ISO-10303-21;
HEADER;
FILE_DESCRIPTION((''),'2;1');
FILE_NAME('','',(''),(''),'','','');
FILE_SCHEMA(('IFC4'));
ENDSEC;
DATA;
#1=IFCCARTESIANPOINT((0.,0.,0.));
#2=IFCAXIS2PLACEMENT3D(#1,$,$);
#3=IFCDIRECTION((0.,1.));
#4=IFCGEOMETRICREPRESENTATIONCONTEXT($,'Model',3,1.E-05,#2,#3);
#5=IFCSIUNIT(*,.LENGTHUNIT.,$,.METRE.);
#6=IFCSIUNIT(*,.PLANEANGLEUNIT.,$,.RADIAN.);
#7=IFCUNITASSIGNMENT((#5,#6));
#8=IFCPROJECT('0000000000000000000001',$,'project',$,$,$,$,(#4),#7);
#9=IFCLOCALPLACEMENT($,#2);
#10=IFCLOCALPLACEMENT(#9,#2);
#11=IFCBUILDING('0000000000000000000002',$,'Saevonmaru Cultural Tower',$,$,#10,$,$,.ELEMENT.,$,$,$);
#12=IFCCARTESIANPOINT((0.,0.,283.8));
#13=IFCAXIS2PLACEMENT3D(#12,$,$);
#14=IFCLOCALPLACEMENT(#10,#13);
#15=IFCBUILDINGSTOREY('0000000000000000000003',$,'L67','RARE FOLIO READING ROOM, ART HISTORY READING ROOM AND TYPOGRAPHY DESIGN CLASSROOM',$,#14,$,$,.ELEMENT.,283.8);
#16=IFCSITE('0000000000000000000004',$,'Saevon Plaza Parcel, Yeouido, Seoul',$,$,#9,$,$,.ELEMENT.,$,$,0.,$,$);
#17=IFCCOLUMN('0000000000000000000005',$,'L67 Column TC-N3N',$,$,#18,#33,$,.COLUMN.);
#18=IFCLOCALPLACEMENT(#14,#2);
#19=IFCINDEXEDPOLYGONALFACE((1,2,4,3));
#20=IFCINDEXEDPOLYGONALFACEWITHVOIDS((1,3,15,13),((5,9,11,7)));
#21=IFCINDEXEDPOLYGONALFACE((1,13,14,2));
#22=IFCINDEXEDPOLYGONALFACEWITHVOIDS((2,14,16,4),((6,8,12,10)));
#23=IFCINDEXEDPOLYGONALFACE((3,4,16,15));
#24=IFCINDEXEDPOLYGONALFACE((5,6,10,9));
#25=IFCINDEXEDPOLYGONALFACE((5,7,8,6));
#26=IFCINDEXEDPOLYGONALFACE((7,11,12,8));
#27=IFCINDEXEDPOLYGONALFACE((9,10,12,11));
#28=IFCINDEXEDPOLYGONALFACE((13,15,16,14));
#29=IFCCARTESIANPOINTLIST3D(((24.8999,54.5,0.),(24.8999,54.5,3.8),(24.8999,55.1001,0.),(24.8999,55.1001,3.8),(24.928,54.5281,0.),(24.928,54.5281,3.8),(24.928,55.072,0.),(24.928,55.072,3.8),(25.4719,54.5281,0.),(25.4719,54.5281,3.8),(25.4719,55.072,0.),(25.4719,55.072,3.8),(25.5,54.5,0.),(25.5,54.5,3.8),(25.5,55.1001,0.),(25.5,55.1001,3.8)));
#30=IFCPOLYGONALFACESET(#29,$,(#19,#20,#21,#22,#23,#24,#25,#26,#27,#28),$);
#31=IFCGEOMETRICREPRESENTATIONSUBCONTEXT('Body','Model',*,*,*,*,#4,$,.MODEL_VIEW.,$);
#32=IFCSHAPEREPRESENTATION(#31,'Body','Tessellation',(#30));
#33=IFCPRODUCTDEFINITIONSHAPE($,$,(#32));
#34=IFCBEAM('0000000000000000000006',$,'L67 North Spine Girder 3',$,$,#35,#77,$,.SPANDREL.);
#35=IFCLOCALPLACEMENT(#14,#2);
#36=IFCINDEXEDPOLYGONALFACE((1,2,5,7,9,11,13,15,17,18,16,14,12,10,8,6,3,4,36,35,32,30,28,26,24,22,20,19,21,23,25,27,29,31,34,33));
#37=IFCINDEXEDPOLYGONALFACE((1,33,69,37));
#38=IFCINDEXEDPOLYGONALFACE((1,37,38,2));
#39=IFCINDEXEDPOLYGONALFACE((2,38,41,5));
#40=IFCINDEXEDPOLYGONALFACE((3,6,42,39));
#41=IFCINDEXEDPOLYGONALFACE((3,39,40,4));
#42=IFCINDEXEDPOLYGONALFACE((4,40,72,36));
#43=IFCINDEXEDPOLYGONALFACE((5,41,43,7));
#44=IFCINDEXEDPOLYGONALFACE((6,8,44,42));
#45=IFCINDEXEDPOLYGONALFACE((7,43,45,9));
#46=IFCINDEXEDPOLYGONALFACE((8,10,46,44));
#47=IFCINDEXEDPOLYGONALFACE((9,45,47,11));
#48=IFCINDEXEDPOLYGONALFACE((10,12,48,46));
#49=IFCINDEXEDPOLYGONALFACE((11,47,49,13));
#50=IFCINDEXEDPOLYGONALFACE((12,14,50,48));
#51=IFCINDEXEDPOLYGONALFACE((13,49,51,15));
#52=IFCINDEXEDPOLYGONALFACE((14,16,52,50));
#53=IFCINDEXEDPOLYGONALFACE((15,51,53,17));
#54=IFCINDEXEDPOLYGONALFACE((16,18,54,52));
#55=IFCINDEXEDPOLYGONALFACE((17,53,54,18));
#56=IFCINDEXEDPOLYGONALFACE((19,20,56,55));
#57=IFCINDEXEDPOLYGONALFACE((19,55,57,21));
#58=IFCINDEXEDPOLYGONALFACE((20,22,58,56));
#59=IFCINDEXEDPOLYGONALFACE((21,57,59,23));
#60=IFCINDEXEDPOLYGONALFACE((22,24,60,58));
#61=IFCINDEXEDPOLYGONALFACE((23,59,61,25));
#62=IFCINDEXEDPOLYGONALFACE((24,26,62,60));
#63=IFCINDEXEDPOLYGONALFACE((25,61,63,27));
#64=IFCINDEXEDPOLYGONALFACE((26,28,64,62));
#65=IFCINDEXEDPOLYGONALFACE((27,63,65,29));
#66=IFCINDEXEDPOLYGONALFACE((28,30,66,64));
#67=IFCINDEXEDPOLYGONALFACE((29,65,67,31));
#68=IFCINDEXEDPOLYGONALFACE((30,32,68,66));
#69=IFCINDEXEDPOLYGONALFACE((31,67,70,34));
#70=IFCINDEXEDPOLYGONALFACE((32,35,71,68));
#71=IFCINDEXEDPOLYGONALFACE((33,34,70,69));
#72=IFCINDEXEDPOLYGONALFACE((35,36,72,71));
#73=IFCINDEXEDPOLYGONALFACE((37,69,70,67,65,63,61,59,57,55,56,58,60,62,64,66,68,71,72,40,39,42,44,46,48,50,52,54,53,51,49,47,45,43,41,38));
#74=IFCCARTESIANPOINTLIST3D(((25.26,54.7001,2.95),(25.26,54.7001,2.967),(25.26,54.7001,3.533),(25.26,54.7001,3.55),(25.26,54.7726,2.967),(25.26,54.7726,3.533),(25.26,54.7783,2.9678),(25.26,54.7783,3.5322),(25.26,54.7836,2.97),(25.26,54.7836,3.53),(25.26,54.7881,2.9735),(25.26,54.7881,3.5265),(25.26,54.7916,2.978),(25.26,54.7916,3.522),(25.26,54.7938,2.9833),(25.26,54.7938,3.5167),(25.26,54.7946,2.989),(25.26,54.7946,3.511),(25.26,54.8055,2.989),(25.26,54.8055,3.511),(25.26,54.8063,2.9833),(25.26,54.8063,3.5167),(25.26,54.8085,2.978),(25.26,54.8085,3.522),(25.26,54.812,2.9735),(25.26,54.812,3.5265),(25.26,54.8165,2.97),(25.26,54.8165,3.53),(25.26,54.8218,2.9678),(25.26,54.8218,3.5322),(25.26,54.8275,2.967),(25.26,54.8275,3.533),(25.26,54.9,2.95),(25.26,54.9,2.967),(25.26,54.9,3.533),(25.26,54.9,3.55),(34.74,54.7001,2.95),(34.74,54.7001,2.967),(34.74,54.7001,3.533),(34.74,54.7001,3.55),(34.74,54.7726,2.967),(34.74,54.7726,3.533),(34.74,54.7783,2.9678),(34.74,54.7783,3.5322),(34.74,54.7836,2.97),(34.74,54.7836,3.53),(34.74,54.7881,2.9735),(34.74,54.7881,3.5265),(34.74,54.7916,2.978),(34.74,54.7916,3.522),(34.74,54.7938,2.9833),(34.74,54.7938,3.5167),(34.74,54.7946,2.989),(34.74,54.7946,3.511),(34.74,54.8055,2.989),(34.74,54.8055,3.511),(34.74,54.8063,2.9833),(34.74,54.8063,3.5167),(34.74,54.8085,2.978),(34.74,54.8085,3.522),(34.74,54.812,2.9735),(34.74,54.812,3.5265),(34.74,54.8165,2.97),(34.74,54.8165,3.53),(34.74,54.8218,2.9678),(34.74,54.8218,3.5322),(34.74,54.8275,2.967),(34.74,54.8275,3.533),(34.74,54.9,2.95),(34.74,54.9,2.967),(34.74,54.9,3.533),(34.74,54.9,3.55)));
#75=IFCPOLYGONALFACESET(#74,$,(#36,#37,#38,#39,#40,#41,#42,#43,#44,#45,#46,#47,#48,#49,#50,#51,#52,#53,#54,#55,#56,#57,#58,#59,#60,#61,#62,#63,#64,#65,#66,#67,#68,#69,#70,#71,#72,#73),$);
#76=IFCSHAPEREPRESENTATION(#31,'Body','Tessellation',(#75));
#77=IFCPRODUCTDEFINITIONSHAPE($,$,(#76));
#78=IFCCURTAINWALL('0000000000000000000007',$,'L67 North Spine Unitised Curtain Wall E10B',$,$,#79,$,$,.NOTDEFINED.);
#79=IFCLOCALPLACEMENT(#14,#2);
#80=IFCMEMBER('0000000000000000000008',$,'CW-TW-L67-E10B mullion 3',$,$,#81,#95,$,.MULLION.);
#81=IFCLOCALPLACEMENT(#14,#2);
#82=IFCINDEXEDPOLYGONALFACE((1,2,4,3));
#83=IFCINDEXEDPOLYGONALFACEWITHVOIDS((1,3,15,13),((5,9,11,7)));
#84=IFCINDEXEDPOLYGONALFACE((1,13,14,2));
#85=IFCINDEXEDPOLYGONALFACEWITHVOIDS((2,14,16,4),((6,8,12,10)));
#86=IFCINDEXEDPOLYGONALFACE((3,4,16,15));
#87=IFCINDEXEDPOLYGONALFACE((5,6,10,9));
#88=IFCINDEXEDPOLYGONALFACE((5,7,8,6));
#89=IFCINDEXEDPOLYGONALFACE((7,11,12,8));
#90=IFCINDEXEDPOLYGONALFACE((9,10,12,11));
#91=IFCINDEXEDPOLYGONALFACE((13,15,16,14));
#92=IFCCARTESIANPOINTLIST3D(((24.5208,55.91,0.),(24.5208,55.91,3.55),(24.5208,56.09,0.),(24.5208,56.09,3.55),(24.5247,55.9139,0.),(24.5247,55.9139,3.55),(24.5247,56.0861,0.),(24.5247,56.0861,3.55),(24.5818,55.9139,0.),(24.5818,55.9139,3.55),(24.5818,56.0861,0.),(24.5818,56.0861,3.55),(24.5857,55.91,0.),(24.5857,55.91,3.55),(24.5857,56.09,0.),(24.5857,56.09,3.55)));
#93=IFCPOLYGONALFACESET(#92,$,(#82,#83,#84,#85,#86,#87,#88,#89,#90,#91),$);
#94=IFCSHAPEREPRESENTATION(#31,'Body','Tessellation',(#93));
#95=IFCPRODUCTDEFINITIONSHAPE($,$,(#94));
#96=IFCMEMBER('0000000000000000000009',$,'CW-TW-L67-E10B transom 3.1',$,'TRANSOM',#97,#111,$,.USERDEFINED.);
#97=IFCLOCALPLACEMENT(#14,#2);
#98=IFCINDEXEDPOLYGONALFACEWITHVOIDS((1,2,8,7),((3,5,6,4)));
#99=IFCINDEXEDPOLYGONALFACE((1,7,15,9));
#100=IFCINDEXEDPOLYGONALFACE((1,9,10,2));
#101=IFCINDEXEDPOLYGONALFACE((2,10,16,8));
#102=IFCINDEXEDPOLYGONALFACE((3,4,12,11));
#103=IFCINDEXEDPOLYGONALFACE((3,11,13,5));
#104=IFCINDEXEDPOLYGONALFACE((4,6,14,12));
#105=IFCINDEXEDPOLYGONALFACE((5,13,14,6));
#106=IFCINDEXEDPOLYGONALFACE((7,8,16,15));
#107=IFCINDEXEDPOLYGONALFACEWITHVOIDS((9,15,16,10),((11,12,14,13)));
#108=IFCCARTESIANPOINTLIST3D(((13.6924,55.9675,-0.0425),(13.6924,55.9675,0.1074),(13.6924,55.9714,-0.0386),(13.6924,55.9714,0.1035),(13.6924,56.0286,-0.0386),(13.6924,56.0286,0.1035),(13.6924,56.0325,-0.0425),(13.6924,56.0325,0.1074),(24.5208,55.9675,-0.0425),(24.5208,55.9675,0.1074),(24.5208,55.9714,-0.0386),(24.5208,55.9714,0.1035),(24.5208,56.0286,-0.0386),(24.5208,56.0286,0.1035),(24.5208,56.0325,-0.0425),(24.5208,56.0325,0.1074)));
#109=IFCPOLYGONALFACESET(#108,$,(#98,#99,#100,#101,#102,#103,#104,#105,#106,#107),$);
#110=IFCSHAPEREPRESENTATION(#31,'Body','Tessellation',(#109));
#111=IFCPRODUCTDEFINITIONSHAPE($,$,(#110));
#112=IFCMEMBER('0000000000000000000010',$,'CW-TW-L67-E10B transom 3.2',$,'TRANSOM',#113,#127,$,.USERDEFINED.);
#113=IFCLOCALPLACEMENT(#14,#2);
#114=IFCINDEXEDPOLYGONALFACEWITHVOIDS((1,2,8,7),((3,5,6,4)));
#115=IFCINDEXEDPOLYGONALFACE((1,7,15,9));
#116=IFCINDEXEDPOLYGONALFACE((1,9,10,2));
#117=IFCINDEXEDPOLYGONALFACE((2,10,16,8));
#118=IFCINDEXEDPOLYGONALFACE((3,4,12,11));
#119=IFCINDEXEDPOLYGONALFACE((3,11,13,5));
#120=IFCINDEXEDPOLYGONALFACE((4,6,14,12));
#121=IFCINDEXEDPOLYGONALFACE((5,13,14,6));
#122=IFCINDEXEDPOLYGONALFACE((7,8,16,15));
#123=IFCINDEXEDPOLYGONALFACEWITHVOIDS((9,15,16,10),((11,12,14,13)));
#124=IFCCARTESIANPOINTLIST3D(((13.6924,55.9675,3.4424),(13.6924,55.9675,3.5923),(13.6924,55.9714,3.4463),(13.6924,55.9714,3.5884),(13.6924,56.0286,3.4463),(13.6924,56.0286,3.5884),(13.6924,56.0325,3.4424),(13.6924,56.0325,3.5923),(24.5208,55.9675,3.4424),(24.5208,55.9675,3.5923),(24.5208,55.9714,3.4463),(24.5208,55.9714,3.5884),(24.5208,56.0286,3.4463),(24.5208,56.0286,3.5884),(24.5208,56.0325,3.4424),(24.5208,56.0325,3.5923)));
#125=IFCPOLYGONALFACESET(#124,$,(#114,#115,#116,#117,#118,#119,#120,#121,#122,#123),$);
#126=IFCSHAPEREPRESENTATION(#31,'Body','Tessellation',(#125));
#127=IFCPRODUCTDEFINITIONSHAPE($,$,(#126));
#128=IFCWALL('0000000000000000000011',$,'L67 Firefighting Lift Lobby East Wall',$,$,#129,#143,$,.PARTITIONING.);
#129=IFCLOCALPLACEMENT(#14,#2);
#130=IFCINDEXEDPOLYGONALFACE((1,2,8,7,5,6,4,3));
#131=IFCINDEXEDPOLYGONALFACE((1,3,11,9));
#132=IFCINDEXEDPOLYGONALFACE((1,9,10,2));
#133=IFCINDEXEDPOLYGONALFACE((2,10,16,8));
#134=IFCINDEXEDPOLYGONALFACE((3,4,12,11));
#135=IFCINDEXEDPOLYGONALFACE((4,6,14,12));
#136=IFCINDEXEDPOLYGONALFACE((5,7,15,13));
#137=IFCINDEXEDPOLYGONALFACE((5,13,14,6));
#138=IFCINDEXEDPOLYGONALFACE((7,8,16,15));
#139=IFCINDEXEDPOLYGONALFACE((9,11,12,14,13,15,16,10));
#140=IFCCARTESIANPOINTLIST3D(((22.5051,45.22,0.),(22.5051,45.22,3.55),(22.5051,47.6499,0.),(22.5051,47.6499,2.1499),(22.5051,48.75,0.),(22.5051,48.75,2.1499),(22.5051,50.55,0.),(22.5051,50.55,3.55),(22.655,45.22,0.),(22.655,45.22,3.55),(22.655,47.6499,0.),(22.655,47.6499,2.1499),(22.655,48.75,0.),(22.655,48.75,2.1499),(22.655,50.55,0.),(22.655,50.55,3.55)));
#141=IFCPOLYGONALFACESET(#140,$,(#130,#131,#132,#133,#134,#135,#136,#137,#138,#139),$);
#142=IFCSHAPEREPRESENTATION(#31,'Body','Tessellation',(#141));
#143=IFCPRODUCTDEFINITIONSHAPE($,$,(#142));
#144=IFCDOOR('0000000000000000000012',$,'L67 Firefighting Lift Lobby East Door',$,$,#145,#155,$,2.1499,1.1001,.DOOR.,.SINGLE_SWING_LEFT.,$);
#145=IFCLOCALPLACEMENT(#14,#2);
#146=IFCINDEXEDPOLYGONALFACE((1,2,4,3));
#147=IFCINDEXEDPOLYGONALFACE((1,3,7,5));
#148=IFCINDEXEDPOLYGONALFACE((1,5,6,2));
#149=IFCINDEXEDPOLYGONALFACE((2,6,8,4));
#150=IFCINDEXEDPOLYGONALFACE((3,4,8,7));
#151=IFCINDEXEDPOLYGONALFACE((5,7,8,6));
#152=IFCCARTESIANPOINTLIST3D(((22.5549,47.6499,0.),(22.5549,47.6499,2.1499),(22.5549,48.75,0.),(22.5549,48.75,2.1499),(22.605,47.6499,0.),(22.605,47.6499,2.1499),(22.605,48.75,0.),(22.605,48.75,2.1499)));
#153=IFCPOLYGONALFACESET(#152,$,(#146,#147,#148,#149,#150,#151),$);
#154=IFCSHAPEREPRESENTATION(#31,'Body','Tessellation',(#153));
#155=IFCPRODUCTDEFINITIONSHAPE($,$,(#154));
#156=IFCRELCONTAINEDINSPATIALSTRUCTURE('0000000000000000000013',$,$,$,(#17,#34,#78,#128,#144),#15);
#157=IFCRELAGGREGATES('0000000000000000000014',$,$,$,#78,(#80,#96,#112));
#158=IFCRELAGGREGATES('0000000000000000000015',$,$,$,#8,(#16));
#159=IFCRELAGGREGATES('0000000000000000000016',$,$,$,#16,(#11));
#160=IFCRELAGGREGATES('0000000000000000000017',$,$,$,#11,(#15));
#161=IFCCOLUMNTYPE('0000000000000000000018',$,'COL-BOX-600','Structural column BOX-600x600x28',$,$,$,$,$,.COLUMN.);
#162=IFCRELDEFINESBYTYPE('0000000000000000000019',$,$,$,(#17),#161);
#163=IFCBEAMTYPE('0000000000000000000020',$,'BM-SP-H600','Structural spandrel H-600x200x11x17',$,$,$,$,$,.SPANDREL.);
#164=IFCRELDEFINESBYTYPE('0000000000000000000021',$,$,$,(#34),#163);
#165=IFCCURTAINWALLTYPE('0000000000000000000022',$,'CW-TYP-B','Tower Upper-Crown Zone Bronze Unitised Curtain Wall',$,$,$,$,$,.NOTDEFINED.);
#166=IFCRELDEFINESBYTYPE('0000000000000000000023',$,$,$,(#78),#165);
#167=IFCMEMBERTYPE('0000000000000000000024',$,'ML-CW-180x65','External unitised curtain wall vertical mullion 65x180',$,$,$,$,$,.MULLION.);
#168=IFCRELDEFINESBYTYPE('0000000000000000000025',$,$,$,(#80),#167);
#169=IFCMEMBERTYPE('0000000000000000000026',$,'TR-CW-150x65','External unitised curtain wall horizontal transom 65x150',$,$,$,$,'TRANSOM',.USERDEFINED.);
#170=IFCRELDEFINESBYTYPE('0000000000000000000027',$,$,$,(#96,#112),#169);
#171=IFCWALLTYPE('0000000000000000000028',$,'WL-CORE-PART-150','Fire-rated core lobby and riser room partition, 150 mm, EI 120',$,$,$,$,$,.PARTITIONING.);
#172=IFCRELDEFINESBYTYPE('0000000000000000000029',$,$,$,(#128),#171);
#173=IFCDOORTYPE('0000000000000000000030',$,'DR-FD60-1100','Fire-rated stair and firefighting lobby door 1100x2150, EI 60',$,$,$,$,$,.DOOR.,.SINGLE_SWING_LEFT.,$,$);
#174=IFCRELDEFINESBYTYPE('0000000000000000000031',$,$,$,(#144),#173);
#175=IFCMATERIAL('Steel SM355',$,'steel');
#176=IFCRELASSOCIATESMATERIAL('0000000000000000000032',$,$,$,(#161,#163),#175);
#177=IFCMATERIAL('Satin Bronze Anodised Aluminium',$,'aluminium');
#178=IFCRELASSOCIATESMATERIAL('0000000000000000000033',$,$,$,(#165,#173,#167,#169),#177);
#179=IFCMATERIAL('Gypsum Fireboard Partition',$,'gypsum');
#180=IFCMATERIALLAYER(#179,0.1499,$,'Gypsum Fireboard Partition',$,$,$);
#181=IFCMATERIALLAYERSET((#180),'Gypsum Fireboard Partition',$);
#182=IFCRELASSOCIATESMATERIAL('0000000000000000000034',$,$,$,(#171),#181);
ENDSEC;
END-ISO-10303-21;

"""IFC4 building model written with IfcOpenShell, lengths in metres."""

from ifc_helpers import new_model, si_unit, direction, frame, frame_2d, origin, origin_2d, place, context, subcontext, project, spatial, rectangle, hollow_rectangle, i_section, extrude, material, layer, layer_set, material_profile, profile_set, type_object, element, fill, aggregate, save


model = new_model("IFC4")

# Units and contexts
model_context = context("Model", 3, precision=1e-05, world=origin(), true_north=direction((0.0, 1.0)))
body_context = subcontext(model_context, "Body", "Model", "MODEL_VIEW")
ifc_project = project(units=[si_unit("LENGTHUNIT", "METRE"), si_unit("PLANEANGLEUNIT", "RADIAN")], contexts=[model_context])

# Site, building, storey
site_placement = place(None, origin())
site = spatial("IfcSite", under=ifc_project, at=site_placement, Name="Saevon Plaza Parcel, Yeouido, Seoul", CompositionType="ELEMENT", RefElevation=0.0)
building_placement = place(site_placement, origin())
building = spatial("IfcBuilding", under=site, at=building_placement, Name="Saevonmaru Cultural Tower", CompositionType="ELEMENT")
storey_placement = place(building_placement, frame((0.0, 0.0, 283.8)))
storey = spatial("IfcBuildingStorey", under=building, at=storey_placement, Name="L67", Description="RARE FOLIO READING ROOM, ART HISTORY READING ROOM AND TYPOGRAPHY DESIGN CLASSROOM", CompositionType="ELEMENT", Elevation=283.8)

# Column
ifc_material_1 = material(Name="Steel SM355", Category="steel")
ifc_material_profile_1 = material_profile(ifc_material_1, hollow_rectangle(XDim=0.6001, YDim=0.6001, WallThickness=0.0281, at=origin_2d()), Name="BOX-600x600x28")
ifc_profile_set_1 = profile_set([ifc_material_profile_1], Name="Steel SM355")
column_type = type_object("IfcColumnType", Name="COL-BOX-600", Description="Structural column BOX-600x600x28", PredefinedType="COLUMN", material=ifc_profile_set_1)
column_placement = place(storey_placement, frame((25.2, 54.8, 0.0), z_axis=(0.0, 0.0, 1.0), x_axis=(1.0, 0.0, 0.0)))
element("IfcColumn", 1, at=column_placement, inside=storey, type_object=column_type, Name="L67 Column TC-N3N", PredefinedType="COLUMN", context=body_context, shape_type="SweptSolid", body=[
    extrude(hollow_rectangle(XDim=0.6001, YDim=0.6001, WallThickness=0.0281, at=origin_2d()), origin(), (0.0, 0.0, 1.0), 3.8),
])

# Beam
ifc_material_profile_2 = material_profile(ifc_material_1, i_section(OverallWidth=0.2, OverallDepth=0.6001, WebThickness=0.011, FlangeThickness=0.0171, FilletRadius=0.022, at=origin_2d()), Name="H-600x200x11x17")
ifc_profile_set_2 = profile_set([ifc_material_profile_2], Name="Steel SM355")
beam_type = type_object("IfcBeamType", Name="BM-SP-H600", Description="Structural spandrel H-600x200x11x17", PredefinedType="SPANDREL", material=ifc_profile_set_2)
beam_placement = place(storey_placement, frame((25.26, 54.8, 3.25), z_axis=(1.0, 0.0, 0.0), x_axis=(0.0, 1.0, 0.0)))
element("IfcBeam", 2, at=beam_placement, inside=storey, type_object=beam_type, Name="L67 North Spine Girder 3", PredefinedType="SPANDREL", context=body_context, shape_type="SweptSolid", body=[
    extrude(i_section(OverallWidth=0.2, OverallDepth=0.6001, WebThickness=0.011, FlangeThickness=0.0171, FilletRadius=0.022, at=origin_2d()), origin(), (0.0, 0.0, 1.0), 9.48),
])

# Curtain wall, members
ifc_material_2 = material(Name="Satin Bronze Anodised Aluminium", Category="aluminium")
curtain_wall_type = type_object("IfcCurtainWallType", Name="CW-TYP-B", Description="Tower Upper-Crown Zone Bronze Unitised Curtain Wall", PredefinedType="NOTDEFINED", material=ifc_material_2)
curtain_wall_placement = place(storey_placement, origin())
curtain_wall = element("IfcCurtainWall", 3, at=curtain_wall_placement, inside=storey, type_object=curtain_wall_type, Name="L67 North Spine Unitised Curtain Wall E10B", PredefinedType="NOTDEFINED")
ifc_material_profile_3 = material_profile(ifc_material_2, hollow_rectangle(XDim=0.0649, YDim=0.1799, WallThickness=0.0039, at=origin_2d()), Name="ALU-MULL-180x65x4")
ifc_profile_set_3 = profile_set([ifc_material_profile_3], Name="Satin Bronze Anodised Aluminium")
member_type_1 = type_object("IfcMemberType", Name="ML-CW-180x65", Description="External unitised curtain wall vertical mullion 65x180", PredefinedType="MULLION", material=ifc_profile_set_3)
member_1_placement = place(storey_placement, frame((24.5532, 56.0, 0.0), z_axis=(0.0, 0.0, 1.0), x_axis=(-1.0, 0.0, 0.0)))
member_1 = element("IfcMember", 4, at=member_1_placement, type_object=member_type_1, Name="CW-TW-L67-E10B mullion 3", PredefinedType="MULLION", context=body_context, shape_type="SweptSolid", body=[
    extrude(hollow_rectangle(XDim=0.0649, YDim=0.1799, WallThickness=0.0039, at=origin_2d()), origin(), (0.0, 0.0, 1.0), 3.55),
])
ifc_material_profile_4 = material_profile(ifc_material_2, hollow_rectangle(XDim=0.0649, YDim=0.1499, WallThickness=0.0039, at=origin_2d()), Name="ALU-TRAN-150x65x4")
ifc_profile_set_4 = profile_set([ifc_material_profile_4], Name="Satin Bronze Anodised Aluminium")
member_type_2 = type_object("IfcMemberType", Name="TR-CW-150x65", Description="External unitised curtain wall horizontal transom 65x150", ElementType="TRANSOM", PredefinedType="USERDEFINED", material=ifc_profile_set_4)
member_2_placement = place(storey_placement, frame((24.5208, 56.0, 0.0325), z_axis=(-1.0, 0.0, 0.0), x_axis=(0.0, -1.0, 0.0)))
member_2 = element("IfcMember", 5, at=member_2_placement, type_object=member_type_2, Name="CW-TW-L67-E10B transom 3.1", ObjectType="TRANSOM", PredefinedType="USERDEFINED", context=body_context, shape_type="SweptSolid", body=[
    extrude(hollow_rectangle(XDim=0.0649, YDim=0.1499, WallThickness=0.0039, at=origin_2d()), origin(), (0.0, 0.0, 1.0), 10.8284),
])
member_3_placement = place(storey_placement, frame((24.5208, 56.0, 3.5173), z_axis=(-1.0, 0.0, 0.0), x_axis=(0.0, -1.0, 0.0)))
member_3 = element("IfcMember", 6, at=member_3_placement, type_object=member_type_2, Name="CW-TW-L67-E10B transom 3.2", ObjectType="TRANSOM", PredefinedType="USERDEFINED", context=body_context, shape_type="SweptSolid", body=[
    extrude(hollow_rectangle(XDim=0.0649, YDim=0.1499, WallThickness=0.0039, at=origin_2d()), origin(), (0.0, 0.0, 1.0), 10.8284),
])
aggregate(curtain_wall, [member_1, member_2, member_3])

# Wall, opening, door
ifc_material_3 = material(Name="Gypsum Fireboard Partition", Category="gypsum")
ifc_layer_1 = layer(ifc_material_3, 0.1499, Name="Gypsum Fireboard Partition")
ifc_layer_set_1 = layer_set([ifc_layer_1], Name="Gypsum Fireboard Partition")
wall_type_1 = type_object("IfcWallType", Name="WL-CORE-PART-150", Description="Fire-rated core lobby and riser room partition, 150 mm, EI 120", PredefinedType="PARTITIONING", material=ifc_layer_set_1)
wall_1_placement = place(storey_placement, frame((22.5801, 50.55, 0.0), z_axis=(0.0, 0.0, 1.0), x_axis=(0.0, -1.0, 0.0)))
wall_1 = element("IfcWall", 7, at=wall_1_placement, inside=storey, type_object=wall_type_1, Name="L67 Firefighting Lift Lobby East Wall", PredefinedType="PARTITIONING", context=body_context, shape_type="SweptSolid", body=[
    extrude(rectangle(XDim=5.3301, YDim=0.1499, at=frame_2d((2.665, 0.0))), origin(), (0.0, 0.0, 1.0), 3.55),
])
opening_1_placement = place(wall_1_placement, frame((1.8, 0.0, 0.0)))
opening_1 = element("IfcOpeningElement", 8, at=opening_1_placement, cuts=wall_1, PredefinedType="OPENING", context=body_context, shape_type="SweptSolid", body=[
    extrude(rectangle(XDim=1.1001, YDim=2.1499, at=frame_2d((0.55, 1.075))), frame((0.0, 0.085, 0.0), z_axis=(0.0, -1.0, 0.0), x_axis=(1.0, 0.0, 0.0)), (0.0, 0.0, 1.0), 0.1699),
])
door_type_1 = type_object("IfcDoorType", Name="DR-FD60-1100", Description="Fire-rated stair and firefighting lobby door 1100x2150, EI 60", OperationType="SINGLE_SWING_LEFT", PredefinedType="DOOR", material=ifc_material_2)
door_1_placement = place(opening_1_placement, origin())
door_1 = element("IfcDoor", 9, at=door_1_placement, inside=storey, type_object=door_type_1, Name="L67 Firefighting Lift Lobby East Door", OperationType="SINGLE_SWING_LEFT", OverallHeight=2.1499, OverallWidth=1.1001, PredefinedType="DOOR", context=body_context, shape_type="SweptSolid", body=[
    extrude(rectangle(XDim=1.1001, YDim=2.1499, at=frame_2d((0.55, 1.075))), frame((0.0, 0.0249, 0.0), z_axis=(0.0, -1.0, 0.0), x_axis=(1.0, 0.0, 0.0)), (0.0, 0.0, 1.0), 0.05),
])
fill(opening_1, door_1)

save(model, "model.ifc")
